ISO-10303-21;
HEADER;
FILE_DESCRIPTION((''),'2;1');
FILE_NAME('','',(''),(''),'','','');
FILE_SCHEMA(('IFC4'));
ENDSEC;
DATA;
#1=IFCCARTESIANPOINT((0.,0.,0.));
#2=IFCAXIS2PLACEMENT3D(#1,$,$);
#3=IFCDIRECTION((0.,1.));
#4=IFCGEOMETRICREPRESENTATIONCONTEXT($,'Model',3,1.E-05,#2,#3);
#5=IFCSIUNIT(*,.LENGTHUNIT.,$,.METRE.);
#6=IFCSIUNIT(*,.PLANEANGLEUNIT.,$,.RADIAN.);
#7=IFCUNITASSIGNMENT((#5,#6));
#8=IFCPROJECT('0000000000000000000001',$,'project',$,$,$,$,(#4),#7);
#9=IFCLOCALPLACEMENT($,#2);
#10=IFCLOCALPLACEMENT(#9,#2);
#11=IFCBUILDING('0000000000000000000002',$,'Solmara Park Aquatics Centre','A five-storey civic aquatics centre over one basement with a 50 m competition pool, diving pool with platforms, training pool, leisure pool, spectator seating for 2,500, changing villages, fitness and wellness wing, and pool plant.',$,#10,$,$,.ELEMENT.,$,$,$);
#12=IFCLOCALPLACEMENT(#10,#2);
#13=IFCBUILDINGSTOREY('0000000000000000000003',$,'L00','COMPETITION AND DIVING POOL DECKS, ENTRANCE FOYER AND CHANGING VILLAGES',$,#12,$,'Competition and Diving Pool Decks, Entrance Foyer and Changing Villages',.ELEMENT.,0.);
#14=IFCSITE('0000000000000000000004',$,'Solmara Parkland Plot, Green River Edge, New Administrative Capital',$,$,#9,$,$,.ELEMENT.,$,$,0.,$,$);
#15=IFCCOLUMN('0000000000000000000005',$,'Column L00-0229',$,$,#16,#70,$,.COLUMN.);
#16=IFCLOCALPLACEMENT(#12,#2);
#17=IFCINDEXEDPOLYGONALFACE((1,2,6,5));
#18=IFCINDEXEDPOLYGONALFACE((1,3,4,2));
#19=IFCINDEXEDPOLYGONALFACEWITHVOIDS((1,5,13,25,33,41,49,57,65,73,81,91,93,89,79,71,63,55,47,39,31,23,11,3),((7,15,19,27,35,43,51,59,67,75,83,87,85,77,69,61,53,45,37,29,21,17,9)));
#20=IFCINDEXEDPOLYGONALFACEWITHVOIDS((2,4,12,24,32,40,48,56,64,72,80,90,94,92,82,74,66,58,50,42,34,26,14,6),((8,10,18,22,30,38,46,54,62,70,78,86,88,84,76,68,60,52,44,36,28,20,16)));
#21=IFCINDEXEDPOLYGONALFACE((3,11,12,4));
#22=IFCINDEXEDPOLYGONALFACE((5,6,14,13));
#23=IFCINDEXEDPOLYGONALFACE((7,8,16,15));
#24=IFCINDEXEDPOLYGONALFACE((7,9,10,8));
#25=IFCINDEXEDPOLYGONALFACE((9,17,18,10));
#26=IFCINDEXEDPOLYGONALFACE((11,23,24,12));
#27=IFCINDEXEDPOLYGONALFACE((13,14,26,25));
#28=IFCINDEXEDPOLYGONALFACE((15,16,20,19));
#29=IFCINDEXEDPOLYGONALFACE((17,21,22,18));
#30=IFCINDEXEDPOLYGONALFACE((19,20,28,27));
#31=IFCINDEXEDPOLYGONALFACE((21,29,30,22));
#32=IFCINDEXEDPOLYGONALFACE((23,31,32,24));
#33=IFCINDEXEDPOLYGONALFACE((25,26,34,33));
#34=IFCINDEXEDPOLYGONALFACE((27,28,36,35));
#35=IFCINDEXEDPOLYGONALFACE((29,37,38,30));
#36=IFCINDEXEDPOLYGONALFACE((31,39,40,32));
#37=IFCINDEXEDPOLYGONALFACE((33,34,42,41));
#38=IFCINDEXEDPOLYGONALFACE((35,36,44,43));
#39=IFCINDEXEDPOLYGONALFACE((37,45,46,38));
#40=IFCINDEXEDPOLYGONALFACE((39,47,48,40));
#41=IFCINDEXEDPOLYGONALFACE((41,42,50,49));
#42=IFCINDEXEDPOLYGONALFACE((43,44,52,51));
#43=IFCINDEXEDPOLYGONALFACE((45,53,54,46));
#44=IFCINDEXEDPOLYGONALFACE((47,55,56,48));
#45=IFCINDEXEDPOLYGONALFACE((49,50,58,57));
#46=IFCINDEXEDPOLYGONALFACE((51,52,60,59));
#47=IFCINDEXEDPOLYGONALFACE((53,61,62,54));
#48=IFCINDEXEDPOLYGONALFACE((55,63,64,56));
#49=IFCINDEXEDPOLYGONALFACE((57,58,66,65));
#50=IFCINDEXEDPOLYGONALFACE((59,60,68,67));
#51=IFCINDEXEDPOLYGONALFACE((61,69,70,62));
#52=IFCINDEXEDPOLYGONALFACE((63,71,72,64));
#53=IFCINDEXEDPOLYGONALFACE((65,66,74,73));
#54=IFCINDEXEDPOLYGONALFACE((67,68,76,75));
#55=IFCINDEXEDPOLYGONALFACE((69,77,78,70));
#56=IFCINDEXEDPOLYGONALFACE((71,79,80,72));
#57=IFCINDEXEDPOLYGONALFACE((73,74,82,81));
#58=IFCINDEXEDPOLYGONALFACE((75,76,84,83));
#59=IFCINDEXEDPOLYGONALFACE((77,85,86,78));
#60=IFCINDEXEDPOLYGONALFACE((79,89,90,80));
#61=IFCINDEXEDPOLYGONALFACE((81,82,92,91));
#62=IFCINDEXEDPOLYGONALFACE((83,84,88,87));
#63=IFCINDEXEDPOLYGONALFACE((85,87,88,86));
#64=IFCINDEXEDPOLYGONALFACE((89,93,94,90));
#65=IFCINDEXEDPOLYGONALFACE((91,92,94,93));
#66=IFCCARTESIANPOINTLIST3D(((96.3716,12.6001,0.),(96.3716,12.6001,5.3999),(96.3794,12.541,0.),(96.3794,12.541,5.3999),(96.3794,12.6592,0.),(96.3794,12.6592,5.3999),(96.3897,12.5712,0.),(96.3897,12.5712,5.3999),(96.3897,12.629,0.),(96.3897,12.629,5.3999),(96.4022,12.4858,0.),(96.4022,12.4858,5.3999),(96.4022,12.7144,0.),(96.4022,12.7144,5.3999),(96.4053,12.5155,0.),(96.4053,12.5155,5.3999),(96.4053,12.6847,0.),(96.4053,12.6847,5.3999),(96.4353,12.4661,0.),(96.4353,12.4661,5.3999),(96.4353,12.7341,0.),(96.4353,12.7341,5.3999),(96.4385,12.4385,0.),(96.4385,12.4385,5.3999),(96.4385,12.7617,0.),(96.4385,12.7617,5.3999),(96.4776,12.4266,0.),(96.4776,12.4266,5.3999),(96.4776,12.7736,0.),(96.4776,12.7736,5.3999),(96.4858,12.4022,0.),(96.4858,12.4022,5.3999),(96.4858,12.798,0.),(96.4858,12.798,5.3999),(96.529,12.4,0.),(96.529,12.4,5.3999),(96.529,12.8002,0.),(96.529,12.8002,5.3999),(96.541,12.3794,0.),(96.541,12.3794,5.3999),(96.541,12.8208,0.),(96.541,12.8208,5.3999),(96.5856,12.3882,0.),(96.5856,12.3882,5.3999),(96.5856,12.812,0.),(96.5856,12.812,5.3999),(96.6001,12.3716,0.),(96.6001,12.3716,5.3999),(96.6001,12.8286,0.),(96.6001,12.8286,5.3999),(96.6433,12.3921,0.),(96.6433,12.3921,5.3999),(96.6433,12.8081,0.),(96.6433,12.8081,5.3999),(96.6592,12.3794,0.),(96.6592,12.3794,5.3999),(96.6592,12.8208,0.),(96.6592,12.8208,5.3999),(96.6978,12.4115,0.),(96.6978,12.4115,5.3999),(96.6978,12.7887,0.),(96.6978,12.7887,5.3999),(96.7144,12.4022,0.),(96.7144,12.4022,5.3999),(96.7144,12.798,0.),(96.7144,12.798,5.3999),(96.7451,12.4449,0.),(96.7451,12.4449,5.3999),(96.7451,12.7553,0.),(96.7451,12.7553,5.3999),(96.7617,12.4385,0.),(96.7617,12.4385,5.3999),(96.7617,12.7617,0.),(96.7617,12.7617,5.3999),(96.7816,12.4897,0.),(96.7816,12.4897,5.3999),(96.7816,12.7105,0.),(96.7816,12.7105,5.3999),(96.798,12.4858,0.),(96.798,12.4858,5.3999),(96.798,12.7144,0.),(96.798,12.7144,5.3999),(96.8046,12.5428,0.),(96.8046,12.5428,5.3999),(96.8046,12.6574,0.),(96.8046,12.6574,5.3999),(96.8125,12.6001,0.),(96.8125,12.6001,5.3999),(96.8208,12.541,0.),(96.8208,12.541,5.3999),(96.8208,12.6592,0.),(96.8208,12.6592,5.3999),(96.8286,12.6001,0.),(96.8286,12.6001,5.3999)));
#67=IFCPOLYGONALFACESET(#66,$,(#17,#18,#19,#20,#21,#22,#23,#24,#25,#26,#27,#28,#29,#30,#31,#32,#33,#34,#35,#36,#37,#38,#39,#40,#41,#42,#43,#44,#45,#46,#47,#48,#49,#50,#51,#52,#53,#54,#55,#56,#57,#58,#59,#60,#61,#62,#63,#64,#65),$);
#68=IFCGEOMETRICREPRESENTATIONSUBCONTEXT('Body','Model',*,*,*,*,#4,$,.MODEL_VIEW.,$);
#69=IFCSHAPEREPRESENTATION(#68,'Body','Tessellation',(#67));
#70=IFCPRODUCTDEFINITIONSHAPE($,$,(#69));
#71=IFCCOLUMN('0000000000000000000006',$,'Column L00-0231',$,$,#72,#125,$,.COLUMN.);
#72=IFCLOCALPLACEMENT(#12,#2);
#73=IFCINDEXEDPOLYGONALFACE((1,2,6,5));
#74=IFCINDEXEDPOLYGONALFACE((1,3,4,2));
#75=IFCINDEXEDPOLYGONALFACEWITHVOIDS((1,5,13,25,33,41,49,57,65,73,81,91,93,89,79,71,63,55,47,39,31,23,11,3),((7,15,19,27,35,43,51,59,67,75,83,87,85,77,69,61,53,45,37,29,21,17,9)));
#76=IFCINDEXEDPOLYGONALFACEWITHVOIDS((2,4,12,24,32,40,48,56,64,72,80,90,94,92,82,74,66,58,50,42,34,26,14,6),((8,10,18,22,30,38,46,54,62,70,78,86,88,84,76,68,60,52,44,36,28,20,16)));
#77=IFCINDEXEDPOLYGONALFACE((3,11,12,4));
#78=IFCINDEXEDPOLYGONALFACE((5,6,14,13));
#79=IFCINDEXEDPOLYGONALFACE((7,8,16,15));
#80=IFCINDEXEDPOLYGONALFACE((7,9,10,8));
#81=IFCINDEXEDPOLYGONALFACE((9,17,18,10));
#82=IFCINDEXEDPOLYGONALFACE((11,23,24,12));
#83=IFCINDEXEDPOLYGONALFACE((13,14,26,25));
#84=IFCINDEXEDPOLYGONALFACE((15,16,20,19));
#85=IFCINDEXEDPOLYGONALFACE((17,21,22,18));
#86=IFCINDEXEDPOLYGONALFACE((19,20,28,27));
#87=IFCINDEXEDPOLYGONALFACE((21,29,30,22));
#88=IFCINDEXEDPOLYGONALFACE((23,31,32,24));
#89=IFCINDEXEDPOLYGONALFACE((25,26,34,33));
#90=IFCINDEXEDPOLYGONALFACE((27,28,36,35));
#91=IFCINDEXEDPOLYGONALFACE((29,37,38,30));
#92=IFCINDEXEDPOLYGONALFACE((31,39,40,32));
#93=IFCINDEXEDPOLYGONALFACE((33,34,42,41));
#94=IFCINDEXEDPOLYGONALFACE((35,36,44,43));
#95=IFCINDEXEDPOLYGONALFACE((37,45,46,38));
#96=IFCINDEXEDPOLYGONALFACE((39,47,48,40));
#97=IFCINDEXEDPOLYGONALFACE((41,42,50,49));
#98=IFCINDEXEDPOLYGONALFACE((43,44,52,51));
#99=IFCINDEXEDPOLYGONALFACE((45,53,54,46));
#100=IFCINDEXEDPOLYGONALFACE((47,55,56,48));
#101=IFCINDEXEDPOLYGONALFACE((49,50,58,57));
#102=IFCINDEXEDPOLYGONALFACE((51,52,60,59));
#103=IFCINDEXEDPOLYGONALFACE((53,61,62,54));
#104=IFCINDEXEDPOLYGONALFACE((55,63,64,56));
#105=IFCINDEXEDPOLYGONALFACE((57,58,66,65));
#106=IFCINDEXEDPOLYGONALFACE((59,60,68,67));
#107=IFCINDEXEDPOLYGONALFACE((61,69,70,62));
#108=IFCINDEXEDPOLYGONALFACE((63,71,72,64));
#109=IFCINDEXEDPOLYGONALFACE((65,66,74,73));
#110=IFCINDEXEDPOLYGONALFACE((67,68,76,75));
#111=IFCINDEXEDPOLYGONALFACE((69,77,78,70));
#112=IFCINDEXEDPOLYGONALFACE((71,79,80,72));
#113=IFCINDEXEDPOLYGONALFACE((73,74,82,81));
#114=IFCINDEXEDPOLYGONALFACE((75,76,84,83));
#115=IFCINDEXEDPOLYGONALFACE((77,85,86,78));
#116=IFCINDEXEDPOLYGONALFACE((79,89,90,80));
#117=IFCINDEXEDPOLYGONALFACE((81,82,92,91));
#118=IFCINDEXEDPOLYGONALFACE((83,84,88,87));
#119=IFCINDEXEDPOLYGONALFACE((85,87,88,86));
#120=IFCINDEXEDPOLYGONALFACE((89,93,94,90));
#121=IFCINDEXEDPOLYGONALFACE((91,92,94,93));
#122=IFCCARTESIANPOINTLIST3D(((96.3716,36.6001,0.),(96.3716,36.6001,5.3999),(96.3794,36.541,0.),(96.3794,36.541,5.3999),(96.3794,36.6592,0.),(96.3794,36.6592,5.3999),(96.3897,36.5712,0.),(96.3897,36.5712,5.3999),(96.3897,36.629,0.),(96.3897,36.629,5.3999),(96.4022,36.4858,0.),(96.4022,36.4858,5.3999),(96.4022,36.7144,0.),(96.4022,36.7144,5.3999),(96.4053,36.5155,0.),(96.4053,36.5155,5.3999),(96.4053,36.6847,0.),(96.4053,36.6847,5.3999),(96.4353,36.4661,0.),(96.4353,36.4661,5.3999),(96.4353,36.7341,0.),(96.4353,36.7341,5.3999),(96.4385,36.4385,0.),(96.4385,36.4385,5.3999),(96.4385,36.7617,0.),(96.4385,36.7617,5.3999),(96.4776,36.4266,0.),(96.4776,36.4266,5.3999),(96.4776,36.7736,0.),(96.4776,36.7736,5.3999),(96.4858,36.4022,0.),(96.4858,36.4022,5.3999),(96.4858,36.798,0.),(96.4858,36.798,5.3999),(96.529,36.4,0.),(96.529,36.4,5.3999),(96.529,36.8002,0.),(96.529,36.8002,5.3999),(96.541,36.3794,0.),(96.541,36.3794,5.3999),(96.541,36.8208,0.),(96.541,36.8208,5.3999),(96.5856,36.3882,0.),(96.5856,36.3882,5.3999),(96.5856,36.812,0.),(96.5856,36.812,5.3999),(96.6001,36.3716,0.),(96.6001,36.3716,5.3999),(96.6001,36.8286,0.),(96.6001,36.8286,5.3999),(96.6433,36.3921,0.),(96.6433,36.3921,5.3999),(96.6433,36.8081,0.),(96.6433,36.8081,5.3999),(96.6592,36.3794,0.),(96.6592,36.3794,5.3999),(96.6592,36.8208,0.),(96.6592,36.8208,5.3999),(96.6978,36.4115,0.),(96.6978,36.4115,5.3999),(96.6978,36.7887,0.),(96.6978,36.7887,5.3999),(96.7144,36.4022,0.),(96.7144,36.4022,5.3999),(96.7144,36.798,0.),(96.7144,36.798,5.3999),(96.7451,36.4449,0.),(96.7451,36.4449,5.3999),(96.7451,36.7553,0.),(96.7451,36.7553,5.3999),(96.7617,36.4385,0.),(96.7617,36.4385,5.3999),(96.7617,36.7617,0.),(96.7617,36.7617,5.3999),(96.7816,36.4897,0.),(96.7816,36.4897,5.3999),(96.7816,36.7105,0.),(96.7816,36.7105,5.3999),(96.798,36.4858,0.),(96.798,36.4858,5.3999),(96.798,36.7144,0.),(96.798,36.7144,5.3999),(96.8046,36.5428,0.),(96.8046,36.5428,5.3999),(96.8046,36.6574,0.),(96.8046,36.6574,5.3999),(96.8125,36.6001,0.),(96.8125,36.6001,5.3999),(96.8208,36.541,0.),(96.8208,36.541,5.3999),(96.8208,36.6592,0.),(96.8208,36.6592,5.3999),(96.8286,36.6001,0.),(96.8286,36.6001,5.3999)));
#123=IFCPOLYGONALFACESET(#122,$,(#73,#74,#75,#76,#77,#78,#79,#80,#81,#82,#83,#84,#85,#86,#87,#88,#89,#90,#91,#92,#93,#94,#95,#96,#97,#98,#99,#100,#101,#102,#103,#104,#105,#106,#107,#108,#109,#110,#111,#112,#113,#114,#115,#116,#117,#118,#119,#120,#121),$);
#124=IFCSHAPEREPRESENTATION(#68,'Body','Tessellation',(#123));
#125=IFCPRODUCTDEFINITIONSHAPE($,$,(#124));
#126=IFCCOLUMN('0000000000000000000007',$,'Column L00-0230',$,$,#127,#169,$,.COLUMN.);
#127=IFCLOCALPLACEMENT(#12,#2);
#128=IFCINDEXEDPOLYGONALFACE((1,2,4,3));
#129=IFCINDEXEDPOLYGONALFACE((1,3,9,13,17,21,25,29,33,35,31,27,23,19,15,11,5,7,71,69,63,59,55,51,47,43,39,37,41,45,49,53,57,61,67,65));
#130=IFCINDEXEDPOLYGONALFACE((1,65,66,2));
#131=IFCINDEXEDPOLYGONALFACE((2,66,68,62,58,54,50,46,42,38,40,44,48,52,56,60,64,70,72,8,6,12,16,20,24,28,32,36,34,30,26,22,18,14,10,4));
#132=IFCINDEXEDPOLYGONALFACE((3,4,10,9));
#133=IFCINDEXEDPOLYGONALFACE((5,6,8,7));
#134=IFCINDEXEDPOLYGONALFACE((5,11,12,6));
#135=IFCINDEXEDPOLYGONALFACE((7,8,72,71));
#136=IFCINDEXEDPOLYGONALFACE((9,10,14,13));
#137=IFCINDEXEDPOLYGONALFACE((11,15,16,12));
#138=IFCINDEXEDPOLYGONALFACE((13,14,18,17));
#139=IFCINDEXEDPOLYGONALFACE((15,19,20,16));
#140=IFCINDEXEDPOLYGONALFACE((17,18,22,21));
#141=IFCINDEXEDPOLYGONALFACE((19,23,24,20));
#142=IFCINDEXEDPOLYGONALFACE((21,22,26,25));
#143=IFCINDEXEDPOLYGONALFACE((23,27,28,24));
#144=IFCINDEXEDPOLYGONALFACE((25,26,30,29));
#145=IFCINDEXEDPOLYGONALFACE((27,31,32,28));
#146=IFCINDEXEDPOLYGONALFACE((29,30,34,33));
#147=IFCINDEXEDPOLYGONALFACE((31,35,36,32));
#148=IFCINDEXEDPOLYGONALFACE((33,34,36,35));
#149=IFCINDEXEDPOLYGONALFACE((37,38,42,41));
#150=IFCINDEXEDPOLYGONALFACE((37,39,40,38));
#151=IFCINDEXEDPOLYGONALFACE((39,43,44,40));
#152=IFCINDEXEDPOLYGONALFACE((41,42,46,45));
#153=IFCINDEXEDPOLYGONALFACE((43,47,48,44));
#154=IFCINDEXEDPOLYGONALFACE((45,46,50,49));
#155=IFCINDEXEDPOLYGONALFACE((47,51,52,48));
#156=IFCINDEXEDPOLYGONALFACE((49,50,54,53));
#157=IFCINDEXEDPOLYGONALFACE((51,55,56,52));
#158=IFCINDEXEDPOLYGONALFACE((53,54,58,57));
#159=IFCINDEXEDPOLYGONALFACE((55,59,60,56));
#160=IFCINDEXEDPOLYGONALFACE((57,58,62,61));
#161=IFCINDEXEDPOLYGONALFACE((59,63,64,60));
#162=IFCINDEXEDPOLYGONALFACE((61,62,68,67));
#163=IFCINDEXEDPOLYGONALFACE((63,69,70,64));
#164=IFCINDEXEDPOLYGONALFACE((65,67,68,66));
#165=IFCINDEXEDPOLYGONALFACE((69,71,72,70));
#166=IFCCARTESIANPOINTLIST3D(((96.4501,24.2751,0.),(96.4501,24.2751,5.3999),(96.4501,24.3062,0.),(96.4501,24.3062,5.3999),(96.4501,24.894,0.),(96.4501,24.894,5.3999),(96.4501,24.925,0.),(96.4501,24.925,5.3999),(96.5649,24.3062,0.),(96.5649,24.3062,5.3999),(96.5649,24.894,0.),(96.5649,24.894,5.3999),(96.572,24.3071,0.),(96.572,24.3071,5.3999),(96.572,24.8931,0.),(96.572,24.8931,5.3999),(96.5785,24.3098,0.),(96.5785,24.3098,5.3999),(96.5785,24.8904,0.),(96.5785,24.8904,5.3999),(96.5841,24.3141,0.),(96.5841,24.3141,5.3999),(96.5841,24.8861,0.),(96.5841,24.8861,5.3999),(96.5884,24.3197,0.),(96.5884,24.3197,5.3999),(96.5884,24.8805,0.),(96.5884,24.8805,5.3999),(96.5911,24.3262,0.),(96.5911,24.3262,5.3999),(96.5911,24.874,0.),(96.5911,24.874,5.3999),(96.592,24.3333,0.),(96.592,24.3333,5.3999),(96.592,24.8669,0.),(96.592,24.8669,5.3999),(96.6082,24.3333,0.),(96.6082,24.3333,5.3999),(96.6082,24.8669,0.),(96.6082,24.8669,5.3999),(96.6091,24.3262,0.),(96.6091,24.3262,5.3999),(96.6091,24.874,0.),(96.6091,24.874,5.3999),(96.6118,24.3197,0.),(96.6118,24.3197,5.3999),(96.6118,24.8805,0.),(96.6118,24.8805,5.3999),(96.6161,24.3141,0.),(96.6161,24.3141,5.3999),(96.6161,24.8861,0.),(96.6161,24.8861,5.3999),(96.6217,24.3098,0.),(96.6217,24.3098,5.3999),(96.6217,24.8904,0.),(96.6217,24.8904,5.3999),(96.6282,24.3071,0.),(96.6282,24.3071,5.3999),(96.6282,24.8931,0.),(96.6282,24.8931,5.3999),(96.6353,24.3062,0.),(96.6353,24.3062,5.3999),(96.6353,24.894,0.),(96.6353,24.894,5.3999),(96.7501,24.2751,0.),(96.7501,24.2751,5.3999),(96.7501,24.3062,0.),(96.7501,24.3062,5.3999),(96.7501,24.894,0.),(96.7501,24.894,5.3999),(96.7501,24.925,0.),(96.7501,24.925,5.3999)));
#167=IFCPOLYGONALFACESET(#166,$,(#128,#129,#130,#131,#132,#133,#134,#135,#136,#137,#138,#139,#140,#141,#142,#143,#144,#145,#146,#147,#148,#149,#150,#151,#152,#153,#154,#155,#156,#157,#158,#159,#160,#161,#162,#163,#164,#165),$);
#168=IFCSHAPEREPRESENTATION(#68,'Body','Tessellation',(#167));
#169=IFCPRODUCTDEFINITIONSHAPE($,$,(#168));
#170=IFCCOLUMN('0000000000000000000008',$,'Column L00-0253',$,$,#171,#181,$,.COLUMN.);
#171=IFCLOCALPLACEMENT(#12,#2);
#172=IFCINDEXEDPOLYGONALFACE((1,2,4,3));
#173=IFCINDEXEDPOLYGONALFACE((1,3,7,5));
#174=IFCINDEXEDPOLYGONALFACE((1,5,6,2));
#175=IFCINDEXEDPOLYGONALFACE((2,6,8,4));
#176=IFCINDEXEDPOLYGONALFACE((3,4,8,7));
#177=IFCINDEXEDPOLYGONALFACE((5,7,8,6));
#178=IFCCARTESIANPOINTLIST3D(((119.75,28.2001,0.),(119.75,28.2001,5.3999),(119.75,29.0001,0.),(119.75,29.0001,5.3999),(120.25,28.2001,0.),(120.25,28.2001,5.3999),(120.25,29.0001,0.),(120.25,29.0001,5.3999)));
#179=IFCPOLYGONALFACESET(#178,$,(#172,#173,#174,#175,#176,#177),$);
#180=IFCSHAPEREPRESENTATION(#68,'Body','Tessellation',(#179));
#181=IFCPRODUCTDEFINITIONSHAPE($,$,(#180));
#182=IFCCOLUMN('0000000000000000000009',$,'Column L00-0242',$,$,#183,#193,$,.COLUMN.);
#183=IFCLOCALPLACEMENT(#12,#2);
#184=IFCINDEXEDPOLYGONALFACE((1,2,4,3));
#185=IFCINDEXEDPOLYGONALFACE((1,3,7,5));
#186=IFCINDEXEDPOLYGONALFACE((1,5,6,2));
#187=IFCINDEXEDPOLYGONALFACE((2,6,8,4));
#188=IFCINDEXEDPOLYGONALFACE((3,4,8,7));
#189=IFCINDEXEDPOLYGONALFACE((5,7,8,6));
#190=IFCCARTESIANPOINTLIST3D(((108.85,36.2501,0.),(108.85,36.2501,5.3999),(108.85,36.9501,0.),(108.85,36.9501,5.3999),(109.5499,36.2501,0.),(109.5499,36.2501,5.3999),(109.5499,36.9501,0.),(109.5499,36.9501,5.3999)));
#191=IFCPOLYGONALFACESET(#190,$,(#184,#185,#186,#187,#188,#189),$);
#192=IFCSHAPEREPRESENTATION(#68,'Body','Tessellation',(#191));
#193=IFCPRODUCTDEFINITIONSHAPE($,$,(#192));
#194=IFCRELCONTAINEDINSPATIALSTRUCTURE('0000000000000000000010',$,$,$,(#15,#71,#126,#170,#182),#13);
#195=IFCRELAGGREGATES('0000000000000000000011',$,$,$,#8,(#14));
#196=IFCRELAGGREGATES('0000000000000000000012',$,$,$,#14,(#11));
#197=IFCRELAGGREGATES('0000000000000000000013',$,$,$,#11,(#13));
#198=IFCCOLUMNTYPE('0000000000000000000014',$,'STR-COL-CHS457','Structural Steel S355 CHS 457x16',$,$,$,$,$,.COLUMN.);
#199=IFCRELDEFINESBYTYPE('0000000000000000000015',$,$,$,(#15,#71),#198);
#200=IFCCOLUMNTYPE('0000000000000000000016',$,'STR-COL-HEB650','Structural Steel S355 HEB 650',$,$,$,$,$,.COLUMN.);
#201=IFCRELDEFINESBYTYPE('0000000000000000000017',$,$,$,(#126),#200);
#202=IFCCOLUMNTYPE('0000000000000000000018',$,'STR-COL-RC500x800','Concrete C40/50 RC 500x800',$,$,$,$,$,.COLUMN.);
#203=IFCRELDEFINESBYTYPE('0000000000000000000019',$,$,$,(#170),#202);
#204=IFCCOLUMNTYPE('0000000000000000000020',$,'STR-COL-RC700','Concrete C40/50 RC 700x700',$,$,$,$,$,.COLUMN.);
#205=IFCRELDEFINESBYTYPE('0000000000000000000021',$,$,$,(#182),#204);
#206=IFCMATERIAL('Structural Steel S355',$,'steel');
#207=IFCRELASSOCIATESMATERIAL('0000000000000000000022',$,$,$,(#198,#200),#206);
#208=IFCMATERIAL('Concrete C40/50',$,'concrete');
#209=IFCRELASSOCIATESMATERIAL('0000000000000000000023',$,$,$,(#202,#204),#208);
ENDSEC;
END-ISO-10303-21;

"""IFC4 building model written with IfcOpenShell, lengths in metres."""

from ifc_helpers import new_model, si_unit, direction, frame, origin, origin_2d, place, context, subcontext, project, spatial, rectangle, hollow_circle, i_section, extrude, material, material_profile, profile_set, type_object, element, save


model = new_model("IFC4")

# Units and contexts
model_context = context("Model", 3, precision=1e-05, world=origin(), true_north=direction((0.0, 1.0)))
body_context = subcontext(model_context, "Body", "Model", "MODEL_VIEW")
ifc_project = project(units=[si_unit("LENGTHUNIT", "METRE"), si_unit("PLANEANGLEUNIT", "RADIAN")], contexts=[model_context])

# Site, building, storey
site_placement = place(None, origin())
site = spatial("IfcSite", under=ifc_project, at=site_placement, Name="Solmara Parkland Plot, Green River Edge, New Administrative Capital", CompositionType="ELEMENT", RefElevation=0.0)
building_placement = place(site_placement, origin())
building = spatial("IfcBuilding", under=site, at=building_placement, Name="Solmara Park Aquatics Centre", Description="A five-storey civic aquatics centre over one basement with a 50 m competition pool, diving pool with platforms, training pool, leisure pool, spectator seating for 2,500, changing villages, fitness and wellness wing, and pool plant.", CompositionType="ELEMENT")
storey_placement = place(building_placement, origin())
storey = spatial("IfcBuildingStorey", under=building, at=storey_placement, Name="L00", Description="COMPETITION AND DIVING POOL DECKS, ENTRANCE FOYER AND CHANGING VILLAGES", LongName="Competition and Diving Pool Decks, Entrance Foyer and Changing Villages", CompositionType="ELEMENT", Elevation=0.0)

# Columns
ifc_material_1 = material(Name="Structural Steel S355", Category="steel")
ifc_material_profile_1 = material_profile(ifc_material_1, hollow_circle(Radius=0.2285, WallThickness=0.0161, at=origin_2d()), Name="CHS 457x16")
ifc_profile_set_1 = profile_set([ifc_material_profile_1], Name="Structural Steel S355")
column_type_1 = type_object("IfcColumnType", Name="STR-COL-CHS457", Description="Structural Steel S355 CHS 457x16", PredefinedType="COLUMN", material=ifc_profile_set_1)
for number, where, z_axis, x_axis, name in (
    (1, (96.6001, 12.6001, 0.0), (0.0, 0.0, 1.0), (1.0, 0.0, 0.0), "Column L00-0229"),
    (2, (96.6001, 36.6001, 0.0), (0.0, 0.0, 1.0), (1.0, 0.0, 0.0), "Column L00-0231"),
):
    element("IfcColumn", number, at=place(storey_placement, frame(where, z_axis=z_axis, x_axis=x_axis)), inside=storey, type_object=column_type_1, Name=name, PredefinedType="COLUMN", context=body_context, shape_type="SweptSolid", body=[
        extrude(hollow_circle(Radius=0.2285, WallThickness=0.0161, at=origin_2d()), origin(), (0.0, 0.0, 1.0), 5.3999),
    ])
ifc_material_profile_2 = material_profile(ifc_material_1, i_section(OverallWidth=0.3, OverallDepth=0.6499, WebThickness=0.0161, FlangeThickness=0.031, FilletRadius=0.0271, at=origin_2d()), Name="HEB 650")
ifc_profile_set_2 = profile_set([ifc_material_profile_2], Name="Structural Steel S355")
column_type_2 = type_object("IfcColumnType", Name="STR-COL-HEB650", Description="Structural Steel S355 HEB 650", PredefinedType="COLUMN", material=ifc_profile_set_2)
column_1_placement = place(storey_placement, frame((96.6001, 24.6001, 0.0), z_axis=(0.0, 0.0, 1.0), x_axis=(1.0, 0.0, 0.0)))
element("IfcColumn", 3, at=column_1_placement, inside=storey, type_object=column_type_2, Name="Column L00-0230", PredefinedType="COLUMN", context=body_context, shape_type="SweptSolid", body=[
    extrude(i_section(OverallWidth=0.3, OverallDepth=0.6499, WebThickness=0.0161, FlangeThickness=0.031, FilletRadius=0.0271, at=origin_2d()), origin(), (0.0, 0.0, 1.0), 5.3999),
])
ifc_material_2 = material(Name="Concrete C40/50", Category="concrete")
ifc_material_profile_3 = material_profile(ifc_material_2, rectangle(XDim=0.5, YDim=0.8, at=origin_2d()), Name="RC 500x800")
ifc_profile_set_3 = profile_set([ifc_material_profile_3], Name="Concrete C40/50")
column_type_3 = type_object("IfcColumnType", Name="STR-COL-RC500x800", Description="Concrete C40/50 RC 500x800", PredefinedType="COLUMN", material=ifc_profile_set_3)
column_2_placement = place(storey_placement, frame((120.0, 28.6001, 0.0), z_axis=(0.0, 0.0, 1.0), x_axis=(1.0, 0.0, 0.0)))
element("IfcColumn", 4, at=column_2_placement, inside=storey, type_object=column_type_3, Name="Column L00-0253", PredefinedType="COLUMN", context=body_context, shape_type="SweptSolid", body=[
    extrude(rectangle(XDim=0.5, YDim=0.8, at=origin_2d()), origin(), (0.0, 0.0, 1.0), 5.3999),
])
ifc_material_profile_4 = material_profile(ifc_material_2, rectangle(XDim=0.7, YDim=0.7, at=origin_2d()), Name="RC 700x700")
ifc_profile_set_4 = profile_set([ifc_material_profile_4], Name="Concrete C40/50")
column_type_4 = type_object("IfcColumnType", Name="STR-COL-RC700", Description="Concrete C40/50 RC 700x700", PredefinedType="COLUMN", material=ifc_profile_set_4)
for number, where, z_axis, x_axis, name in (
    (5, (109.2, 36.6001, 0.0), (0.0, 0.0, 1.0), (1.0, 0.0, 0.0), "Column L00-0242"),
):
    element("IfcColumn", number, at=place(storey_placement, frame(where, z_axis=z_axis, x_axis=x_axis)), inside=storey, type_object=column_type_4, Name=name, PredefinedType="COLUMN", context=body_context, shape_type="SweptSolid", body=[
        extrude(rectangle(XDim=0.7, YDim=0.7, at=origin_2d()), origin(), (0.0, 0.0, 1.0), 5.3999),
    ])

save(model, "model.ifc")
